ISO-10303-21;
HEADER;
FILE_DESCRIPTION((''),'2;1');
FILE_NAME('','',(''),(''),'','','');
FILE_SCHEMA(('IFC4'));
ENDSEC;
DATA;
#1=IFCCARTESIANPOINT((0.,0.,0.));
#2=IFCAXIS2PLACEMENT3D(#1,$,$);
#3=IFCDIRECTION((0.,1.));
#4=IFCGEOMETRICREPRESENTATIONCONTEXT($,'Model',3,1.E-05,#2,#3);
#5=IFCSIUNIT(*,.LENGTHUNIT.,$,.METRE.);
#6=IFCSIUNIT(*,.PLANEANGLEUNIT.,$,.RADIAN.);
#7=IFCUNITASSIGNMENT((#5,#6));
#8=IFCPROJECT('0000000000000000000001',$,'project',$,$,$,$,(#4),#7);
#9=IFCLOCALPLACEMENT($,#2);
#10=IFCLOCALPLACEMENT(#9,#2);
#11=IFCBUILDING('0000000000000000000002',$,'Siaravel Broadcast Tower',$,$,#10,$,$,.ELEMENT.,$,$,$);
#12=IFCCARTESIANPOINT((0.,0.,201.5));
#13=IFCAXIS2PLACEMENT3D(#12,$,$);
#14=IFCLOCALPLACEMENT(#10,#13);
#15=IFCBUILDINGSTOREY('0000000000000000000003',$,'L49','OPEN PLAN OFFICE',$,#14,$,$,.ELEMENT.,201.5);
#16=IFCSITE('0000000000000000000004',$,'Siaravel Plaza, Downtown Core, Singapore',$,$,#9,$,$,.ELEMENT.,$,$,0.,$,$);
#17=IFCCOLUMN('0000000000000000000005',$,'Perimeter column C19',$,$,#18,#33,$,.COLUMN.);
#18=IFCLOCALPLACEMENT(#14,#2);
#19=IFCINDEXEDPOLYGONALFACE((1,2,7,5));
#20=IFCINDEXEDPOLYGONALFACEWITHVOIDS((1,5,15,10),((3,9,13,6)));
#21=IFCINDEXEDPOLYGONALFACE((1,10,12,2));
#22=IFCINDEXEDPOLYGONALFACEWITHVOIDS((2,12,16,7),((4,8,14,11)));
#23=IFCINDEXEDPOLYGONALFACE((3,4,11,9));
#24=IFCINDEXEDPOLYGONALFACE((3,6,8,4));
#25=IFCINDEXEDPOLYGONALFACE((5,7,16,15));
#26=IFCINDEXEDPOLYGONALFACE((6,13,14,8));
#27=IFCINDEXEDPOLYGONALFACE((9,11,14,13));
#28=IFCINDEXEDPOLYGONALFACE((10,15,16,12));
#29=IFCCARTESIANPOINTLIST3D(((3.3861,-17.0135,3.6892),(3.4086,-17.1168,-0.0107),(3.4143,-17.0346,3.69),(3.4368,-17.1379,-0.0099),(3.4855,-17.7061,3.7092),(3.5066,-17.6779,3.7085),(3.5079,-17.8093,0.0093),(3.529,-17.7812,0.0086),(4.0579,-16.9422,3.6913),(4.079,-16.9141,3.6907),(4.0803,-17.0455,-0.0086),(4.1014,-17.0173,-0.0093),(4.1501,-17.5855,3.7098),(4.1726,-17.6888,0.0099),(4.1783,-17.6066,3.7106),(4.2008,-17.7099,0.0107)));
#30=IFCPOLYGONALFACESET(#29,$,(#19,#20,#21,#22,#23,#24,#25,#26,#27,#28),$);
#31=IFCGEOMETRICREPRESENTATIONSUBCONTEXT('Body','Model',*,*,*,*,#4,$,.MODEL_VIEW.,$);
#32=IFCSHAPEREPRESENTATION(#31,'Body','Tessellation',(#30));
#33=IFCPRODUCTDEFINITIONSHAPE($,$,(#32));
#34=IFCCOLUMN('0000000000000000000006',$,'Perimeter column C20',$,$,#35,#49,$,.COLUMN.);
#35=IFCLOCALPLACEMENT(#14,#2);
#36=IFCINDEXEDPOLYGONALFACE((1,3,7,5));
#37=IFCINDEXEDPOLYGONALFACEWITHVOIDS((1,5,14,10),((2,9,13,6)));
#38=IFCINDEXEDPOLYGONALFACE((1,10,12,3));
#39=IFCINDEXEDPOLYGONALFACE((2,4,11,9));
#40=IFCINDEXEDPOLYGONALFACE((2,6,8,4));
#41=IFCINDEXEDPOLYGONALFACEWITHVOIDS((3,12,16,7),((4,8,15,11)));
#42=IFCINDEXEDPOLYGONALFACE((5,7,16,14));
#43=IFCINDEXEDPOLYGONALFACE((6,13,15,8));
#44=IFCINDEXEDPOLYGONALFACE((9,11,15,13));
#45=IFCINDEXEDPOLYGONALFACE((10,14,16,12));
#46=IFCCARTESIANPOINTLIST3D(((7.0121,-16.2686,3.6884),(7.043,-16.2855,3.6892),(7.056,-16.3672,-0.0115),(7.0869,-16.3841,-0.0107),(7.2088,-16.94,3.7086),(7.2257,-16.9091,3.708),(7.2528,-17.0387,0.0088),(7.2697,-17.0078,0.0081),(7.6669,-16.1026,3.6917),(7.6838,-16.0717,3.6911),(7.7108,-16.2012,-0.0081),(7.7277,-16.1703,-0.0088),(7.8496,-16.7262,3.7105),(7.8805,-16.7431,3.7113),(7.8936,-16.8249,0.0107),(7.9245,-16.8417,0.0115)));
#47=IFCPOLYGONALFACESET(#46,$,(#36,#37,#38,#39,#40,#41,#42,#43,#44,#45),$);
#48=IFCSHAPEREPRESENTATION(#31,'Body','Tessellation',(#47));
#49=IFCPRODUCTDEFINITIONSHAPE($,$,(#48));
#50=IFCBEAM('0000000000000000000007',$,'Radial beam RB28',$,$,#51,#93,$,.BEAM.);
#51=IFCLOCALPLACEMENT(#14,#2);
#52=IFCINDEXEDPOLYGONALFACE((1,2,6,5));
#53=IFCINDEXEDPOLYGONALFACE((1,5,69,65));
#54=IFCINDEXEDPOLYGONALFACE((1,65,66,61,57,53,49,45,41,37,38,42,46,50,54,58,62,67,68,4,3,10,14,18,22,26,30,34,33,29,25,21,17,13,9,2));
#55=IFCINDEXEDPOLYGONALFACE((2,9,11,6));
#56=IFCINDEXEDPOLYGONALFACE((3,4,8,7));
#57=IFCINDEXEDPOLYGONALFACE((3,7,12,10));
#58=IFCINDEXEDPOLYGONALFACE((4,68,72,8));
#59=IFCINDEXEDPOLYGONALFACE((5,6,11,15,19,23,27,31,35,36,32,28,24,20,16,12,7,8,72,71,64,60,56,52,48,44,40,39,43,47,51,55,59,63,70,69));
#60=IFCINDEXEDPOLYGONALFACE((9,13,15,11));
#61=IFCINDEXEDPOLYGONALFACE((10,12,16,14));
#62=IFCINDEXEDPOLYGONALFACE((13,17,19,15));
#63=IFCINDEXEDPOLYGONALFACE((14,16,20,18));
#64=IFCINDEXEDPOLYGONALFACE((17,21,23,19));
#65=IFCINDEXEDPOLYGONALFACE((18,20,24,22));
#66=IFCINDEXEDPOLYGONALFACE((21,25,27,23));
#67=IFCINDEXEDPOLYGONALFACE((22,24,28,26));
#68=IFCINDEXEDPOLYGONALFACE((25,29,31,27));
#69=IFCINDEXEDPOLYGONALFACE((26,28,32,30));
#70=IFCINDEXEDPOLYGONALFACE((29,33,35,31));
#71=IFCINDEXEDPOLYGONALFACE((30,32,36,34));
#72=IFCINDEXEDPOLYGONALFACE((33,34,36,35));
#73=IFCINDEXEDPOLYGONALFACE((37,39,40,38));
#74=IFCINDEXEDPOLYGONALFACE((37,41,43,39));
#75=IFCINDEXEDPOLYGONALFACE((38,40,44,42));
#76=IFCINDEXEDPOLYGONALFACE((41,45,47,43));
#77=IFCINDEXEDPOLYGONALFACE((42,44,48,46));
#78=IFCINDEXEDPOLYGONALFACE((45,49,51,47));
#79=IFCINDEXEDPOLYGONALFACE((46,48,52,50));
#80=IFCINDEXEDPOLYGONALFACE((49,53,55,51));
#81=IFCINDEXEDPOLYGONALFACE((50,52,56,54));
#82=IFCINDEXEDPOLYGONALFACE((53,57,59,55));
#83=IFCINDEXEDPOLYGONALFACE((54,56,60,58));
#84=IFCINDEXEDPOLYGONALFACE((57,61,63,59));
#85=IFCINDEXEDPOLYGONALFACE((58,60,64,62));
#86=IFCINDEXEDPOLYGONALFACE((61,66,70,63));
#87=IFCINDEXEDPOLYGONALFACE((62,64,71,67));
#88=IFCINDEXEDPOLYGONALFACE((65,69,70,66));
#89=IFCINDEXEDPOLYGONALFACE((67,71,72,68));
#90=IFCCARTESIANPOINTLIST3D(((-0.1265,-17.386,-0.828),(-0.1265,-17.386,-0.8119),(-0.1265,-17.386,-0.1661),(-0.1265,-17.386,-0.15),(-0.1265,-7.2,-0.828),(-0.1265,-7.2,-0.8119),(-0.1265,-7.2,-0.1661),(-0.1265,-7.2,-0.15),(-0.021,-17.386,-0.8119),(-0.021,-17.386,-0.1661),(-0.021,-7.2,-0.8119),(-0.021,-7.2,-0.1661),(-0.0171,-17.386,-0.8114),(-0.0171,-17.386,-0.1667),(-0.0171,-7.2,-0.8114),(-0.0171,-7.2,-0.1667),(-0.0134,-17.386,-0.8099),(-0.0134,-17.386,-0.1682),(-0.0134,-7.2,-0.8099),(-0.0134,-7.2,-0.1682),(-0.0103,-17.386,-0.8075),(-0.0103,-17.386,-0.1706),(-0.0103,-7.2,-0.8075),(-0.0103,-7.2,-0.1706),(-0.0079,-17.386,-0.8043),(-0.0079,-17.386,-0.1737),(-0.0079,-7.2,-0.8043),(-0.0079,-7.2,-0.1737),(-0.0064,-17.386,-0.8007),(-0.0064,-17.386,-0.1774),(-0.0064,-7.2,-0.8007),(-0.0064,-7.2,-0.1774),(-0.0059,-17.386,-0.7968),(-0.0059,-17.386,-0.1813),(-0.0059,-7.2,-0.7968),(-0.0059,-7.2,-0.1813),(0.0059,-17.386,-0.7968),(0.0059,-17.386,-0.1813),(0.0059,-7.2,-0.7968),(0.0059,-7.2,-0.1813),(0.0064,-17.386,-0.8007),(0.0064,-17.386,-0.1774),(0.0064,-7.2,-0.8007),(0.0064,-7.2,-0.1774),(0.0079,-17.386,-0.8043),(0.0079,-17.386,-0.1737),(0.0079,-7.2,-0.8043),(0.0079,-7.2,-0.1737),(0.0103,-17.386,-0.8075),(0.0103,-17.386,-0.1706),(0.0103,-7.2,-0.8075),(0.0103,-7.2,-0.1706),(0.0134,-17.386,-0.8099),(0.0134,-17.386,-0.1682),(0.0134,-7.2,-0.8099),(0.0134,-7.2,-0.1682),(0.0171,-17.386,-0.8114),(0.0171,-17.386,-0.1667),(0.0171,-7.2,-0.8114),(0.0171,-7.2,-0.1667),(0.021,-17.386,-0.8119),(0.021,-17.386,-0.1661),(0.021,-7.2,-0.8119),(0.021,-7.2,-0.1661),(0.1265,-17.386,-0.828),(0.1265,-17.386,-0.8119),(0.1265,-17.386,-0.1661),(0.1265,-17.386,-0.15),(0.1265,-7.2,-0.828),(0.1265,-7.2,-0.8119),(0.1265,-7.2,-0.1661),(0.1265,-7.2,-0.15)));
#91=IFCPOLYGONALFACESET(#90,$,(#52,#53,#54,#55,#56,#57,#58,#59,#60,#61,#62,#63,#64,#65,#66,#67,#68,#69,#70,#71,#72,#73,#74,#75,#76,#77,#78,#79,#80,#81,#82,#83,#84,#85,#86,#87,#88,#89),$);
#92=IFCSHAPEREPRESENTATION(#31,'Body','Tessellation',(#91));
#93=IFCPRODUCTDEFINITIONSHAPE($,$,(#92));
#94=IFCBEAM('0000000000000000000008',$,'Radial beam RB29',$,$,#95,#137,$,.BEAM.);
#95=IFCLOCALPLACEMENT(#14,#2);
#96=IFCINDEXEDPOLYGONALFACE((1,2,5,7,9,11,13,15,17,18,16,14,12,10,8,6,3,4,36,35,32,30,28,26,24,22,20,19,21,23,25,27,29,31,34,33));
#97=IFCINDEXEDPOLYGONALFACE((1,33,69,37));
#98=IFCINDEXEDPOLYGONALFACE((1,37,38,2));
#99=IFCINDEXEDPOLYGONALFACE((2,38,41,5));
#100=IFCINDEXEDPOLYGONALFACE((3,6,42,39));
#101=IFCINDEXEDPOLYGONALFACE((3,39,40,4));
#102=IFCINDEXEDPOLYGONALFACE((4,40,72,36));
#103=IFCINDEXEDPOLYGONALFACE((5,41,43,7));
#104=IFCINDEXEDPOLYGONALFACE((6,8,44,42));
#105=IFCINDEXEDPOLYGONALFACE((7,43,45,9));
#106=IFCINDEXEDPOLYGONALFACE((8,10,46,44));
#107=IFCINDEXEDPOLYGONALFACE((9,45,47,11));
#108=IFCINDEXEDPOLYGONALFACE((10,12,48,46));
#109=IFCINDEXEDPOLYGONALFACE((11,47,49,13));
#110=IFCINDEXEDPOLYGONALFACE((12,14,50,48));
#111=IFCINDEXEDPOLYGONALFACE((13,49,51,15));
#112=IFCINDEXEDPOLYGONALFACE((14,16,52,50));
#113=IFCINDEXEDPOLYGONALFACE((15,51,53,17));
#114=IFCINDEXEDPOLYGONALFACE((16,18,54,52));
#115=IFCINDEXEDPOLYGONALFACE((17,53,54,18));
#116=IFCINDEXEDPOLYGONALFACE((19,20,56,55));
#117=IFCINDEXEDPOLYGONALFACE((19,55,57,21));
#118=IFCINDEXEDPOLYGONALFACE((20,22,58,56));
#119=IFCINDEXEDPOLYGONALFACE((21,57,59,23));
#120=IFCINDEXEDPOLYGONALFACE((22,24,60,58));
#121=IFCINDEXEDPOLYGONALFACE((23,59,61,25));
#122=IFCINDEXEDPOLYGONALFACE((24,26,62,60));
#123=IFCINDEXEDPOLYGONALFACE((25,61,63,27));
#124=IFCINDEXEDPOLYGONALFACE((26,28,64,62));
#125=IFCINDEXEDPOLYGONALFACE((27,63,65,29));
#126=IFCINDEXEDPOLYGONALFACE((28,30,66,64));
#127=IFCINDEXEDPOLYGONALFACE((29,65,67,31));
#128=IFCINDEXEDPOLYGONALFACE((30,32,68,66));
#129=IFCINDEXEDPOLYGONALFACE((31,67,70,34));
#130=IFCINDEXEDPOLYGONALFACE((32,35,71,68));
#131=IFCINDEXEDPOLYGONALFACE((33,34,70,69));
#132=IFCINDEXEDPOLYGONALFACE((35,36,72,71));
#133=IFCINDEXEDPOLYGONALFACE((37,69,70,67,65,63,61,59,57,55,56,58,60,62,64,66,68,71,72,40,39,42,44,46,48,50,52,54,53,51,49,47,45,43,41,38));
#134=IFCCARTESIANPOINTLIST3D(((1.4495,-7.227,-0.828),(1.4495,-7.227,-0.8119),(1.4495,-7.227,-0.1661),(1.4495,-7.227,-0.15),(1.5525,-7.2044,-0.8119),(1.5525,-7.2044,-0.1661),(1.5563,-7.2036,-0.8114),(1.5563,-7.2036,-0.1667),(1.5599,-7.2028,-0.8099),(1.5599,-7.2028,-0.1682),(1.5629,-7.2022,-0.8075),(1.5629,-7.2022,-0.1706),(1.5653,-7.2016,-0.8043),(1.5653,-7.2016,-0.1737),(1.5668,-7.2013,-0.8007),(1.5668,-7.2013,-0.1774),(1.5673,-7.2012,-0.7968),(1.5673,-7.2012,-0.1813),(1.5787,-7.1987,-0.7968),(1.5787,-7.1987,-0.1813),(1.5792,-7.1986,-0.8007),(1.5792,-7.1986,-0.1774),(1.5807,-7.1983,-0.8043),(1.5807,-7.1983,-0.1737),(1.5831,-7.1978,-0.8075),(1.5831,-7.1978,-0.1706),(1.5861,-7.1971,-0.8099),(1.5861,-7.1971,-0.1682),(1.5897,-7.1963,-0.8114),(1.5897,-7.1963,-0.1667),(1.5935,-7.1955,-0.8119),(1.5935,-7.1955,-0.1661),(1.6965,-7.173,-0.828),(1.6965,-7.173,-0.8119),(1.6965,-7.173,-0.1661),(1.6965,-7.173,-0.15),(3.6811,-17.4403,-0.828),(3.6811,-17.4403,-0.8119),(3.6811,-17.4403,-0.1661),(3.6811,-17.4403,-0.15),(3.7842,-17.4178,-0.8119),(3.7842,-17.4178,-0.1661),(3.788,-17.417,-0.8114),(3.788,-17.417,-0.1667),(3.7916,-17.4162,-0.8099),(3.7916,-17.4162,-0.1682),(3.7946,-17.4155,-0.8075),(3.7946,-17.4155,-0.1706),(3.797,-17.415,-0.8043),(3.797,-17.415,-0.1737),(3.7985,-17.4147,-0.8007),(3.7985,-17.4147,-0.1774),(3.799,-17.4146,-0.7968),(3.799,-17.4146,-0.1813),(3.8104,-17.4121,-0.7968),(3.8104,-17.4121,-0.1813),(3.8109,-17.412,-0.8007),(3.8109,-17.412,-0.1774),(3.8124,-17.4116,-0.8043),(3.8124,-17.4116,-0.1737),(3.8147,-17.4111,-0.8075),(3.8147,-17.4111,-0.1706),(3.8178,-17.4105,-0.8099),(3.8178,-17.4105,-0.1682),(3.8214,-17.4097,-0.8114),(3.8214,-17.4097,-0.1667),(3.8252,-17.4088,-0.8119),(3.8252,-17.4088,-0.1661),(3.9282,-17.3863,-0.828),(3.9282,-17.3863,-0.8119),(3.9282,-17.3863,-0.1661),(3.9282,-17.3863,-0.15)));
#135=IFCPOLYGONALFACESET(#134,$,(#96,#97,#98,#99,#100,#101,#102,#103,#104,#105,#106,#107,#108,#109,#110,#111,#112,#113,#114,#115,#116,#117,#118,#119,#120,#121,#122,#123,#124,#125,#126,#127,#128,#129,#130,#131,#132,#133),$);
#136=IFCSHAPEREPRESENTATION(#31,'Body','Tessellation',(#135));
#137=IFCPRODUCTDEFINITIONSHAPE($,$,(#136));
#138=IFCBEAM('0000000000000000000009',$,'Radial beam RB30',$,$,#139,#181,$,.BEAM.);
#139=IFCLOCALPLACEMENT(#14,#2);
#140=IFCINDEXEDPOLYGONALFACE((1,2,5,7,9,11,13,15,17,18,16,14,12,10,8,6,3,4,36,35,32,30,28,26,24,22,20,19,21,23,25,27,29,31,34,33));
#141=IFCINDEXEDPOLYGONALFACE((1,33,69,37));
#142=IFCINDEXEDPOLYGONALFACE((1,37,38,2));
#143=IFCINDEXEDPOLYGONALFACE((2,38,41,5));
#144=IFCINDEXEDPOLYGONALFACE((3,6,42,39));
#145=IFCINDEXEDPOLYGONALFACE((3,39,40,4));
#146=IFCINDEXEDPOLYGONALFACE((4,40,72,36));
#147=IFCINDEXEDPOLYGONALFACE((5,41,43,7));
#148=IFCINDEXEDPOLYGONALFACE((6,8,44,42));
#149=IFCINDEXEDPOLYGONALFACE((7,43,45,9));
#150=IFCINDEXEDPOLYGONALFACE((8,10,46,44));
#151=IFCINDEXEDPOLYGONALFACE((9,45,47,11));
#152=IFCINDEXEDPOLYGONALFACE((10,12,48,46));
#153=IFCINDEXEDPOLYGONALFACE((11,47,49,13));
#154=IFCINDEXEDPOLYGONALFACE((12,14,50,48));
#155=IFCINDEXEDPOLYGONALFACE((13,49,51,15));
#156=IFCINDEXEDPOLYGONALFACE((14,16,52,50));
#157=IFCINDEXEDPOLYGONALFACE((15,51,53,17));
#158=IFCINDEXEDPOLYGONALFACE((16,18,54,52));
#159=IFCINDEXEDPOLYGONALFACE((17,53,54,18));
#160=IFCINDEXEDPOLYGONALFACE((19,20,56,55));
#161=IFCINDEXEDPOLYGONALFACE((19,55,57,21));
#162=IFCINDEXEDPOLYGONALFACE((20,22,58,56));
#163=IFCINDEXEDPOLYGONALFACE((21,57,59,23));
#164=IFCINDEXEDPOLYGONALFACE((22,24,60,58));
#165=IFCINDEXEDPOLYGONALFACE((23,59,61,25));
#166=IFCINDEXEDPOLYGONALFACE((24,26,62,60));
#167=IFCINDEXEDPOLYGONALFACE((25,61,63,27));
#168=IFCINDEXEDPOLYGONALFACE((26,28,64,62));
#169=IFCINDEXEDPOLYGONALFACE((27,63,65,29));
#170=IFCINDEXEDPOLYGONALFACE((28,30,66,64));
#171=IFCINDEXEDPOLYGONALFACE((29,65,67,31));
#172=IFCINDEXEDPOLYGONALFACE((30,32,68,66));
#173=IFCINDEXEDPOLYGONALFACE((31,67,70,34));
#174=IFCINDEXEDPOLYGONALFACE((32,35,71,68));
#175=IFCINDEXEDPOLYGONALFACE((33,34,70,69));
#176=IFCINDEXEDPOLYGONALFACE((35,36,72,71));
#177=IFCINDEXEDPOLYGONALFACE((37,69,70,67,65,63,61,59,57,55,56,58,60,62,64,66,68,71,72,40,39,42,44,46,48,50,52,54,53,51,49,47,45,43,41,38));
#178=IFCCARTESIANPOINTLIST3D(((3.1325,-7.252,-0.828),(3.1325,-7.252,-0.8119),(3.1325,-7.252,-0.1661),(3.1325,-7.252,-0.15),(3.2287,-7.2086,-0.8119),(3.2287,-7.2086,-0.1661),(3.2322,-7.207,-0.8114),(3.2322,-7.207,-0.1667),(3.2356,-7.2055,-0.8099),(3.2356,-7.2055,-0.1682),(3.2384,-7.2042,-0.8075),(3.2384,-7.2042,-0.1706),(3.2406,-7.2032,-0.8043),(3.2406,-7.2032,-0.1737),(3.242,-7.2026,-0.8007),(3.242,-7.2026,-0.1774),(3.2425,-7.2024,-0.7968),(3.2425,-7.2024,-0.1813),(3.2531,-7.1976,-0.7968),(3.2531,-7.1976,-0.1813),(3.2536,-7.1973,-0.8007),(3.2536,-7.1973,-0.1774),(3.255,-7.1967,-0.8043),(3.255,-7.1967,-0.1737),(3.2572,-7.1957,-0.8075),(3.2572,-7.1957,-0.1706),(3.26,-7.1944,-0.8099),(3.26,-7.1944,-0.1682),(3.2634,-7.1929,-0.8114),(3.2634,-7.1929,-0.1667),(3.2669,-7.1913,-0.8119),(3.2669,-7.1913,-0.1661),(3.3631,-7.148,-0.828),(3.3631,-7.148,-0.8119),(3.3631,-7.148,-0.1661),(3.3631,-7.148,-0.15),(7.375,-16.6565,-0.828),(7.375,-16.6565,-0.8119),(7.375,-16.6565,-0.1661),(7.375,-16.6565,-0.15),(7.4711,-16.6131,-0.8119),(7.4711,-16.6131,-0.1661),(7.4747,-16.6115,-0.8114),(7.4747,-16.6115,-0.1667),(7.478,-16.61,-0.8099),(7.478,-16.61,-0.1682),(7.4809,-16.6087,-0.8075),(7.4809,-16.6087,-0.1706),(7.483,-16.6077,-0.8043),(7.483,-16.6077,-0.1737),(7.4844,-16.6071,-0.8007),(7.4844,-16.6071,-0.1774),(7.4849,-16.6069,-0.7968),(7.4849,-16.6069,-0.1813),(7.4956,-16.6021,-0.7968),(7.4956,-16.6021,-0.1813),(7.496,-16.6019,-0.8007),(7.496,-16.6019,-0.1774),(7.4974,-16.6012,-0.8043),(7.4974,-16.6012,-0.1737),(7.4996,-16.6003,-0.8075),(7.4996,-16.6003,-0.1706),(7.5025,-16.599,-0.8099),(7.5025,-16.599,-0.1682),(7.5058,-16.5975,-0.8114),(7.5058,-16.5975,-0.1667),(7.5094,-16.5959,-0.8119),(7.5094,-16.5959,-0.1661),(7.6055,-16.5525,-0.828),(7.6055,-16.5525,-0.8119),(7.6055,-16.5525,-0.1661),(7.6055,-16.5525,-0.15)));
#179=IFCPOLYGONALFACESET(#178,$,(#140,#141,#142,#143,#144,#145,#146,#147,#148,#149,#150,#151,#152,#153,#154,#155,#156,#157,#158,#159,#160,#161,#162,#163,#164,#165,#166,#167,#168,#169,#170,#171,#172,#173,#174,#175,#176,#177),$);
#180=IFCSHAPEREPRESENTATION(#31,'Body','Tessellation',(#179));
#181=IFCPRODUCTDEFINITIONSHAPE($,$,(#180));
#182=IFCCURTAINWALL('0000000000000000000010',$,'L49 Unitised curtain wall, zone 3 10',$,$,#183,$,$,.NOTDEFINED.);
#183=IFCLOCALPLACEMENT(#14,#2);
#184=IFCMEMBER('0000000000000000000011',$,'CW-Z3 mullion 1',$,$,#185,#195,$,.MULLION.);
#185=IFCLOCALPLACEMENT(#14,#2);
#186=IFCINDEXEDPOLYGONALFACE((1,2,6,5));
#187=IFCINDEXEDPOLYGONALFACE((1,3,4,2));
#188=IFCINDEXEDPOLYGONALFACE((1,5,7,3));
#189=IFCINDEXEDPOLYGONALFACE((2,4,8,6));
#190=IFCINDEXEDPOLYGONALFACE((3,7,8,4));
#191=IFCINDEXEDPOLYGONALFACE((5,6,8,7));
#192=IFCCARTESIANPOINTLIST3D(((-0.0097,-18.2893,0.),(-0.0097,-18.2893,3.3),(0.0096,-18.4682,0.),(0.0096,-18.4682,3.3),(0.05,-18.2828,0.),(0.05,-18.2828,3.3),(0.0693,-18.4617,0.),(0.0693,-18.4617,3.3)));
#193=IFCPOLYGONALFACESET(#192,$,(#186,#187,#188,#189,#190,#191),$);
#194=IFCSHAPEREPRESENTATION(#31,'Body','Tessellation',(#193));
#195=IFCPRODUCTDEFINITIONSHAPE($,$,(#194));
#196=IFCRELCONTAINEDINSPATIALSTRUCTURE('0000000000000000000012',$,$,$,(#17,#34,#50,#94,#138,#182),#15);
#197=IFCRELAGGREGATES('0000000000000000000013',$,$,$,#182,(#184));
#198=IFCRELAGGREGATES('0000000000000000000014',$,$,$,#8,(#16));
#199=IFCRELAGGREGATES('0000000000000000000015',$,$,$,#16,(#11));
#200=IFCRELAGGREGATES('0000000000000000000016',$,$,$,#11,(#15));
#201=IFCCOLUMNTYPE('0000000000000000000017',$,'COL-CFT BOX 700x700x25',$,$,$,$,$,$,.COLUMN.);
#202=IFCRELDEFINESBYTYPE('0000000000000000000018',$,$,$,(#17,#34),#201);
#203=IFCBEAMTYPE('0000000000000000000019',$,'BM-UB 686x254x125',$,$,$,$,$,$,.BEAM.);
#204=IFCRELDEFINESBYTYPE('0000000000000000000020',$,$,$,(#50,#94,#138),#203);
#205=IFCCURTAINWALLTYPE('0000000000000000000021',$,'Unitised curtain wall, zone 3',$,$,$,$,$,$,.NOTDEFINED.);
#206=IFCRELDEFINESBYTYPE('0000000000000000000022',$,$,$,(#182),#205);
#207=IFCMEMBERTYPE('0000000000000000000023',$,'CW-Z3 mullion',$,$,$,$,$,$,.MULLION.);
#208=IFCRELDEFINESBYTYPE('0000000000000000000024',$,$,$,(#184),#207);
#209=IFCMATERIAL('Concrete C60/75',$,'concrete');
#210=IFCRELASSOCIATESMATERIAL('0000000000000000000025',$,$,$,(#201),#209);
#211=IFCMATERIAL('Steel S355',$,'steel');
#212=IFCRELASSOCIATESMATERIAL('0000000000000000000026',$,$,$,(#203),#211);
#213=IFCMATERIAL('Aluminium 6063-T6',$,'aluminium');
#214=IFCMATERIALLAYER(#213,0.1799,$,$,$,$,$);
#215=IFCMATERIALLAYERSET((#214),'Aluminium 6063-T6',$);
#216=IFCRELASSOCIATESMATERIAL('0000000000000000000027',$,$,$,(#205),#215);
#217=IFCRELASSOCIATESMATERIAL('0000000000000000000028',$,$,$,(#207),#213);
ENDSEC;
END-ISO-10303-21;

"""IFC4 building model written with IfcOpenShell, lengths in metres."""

from ifc_helpers import new_model, si_unit, direction, frame, origin, origin_2d, place, context, subcontext, project, spatial, rectangle, hollow_rectangle, i_section, extrude, material, layer, layer_set, material_profile, profile_set, type_object, element, aggregate, save


model = new_model("IFC4")

# Units and contexts
model_context = context("Model", 3, precision=1e-05, world=origin(), true_north=direction((0.0, 1.0)))
body_context = subcontext(model_context, "Body", "Model", "MODEL_VIEW")
ifc_project = project(units=[si_unit("LENGTHUNIT", "METRE"), si_unit("PLANEANGLEUNIT", "RADIAN")], contexts=[model_context])

# Site, building, storey
site_placement = place(None, origin())
site = spatial("IfcSite", under=ifc_project, at=site_placement, Name="Siaravel Plaza, Downtown Core, Singapore", CompositionType="ELEMENT", RefElevation=0.0)
building_placement = place(site_placement, origin())
building = spatial("IfcBuilding", under=site, at=building_placement, Name="Siaravel Broadcast Tower", CompositionType="ELEMENT")
storey_placement = place(building_placement, frame((0.0, 0.0, 201.5)))
storey = spatial("IfcBuildingStorey", under=building, at=storey_placement, Name="L49", Description="OPEN PLAN OFFICE", CompositionType="ELEMENT", Elevation=201.5)

# Columns
ifc_material_1 = material(Name="Concrete C60/75", Category="concrete")
ifc_material_profile_1 = material_profile(ifc_material_1, hollow_rectangle(XDim=0.7, YDim=0.7, WallThickness=0.0249, at=origin_2d()))
ifc_profile_set_1 = profile_set([ifc_material_profile_1], Name="Concrete C60/75")
column_type = type_object("IfcColumnType", Name="COL-CFT BOX 700x700x25", PredefinedType="COLUMN", material=ifc_profile_set_1)
for number, where, z_axis, x_axis, name in (
    (1, (3.8047, -17.4133, 0.0), (-0.006068, 0.0279, 0.999592), (-0.989858, -0.142042, -0.002044), "Perimeter column C19"),
    (2, (7.4902, -16.6045, 0.0), (-0.011872, 0.026647, 0.999574), (-0.959605, -0.281323, -0.003898), "Perimeter column C20"),
):
    element("IfcColumn", number, at=place(storey_placement, frame(where, z_axis=z_axis, x_axis=x_axis)), inside=storey, type_object=column_type, Name=name, PredefinedType="COLUMN", context=body_context, shape_type="SweptSolid", body=[
        extrude(hollow_rectangle(XDim=0.7, YDim=0.7, WallThickness=0.0249, at=origin_2d()), origin(), (0.0, 0.0, 1.0), 3.7014),
    ])

# Beams
ifc_material_2 = material(Name="Steel S355", Category="steel")
ifc_material_profile_2 = material_profile(ifc_material_2, i_section(OverallWidth=0.2529, OverallDepth=0.678, WebThickness=0.0117, FlangeThickness=0.0161, FilletRadius=0.0151, at=origin_2d()))
ifc_profile_set_2 = profile_set([ifc_material_profile_2], Name="Steel S355")
beam_type = type_object("IfcBeamType", Name="BM-UB 686x254x125", PredefinedType="BEAM", material=ifc_profile_set_2)
beam_1_placement = place(storey_placement, frame((0.0, -17.386, -0.489), z_axis=(0.0, 1.0, 0.0), x_axis=(-1.0, 0.0, 0.0)))
element("IfcBeam", 3, at=beam_1_placement, inside=storey, type_object=beam_type, Name="Radial beam RB28", PredefinedType="BEAM", context=body_context, shape_type="SweptSolid", body=[
    extrude(i_section(OverallWidth=0.2529, OverallDepth=0.678, WebThickness=0.0117, FlangeThickness=0.0161, FilletRadius=0.0151, at=origin_2d()), origin(), (0.0, 0.0, 1.0), 10.186),
])
beam_2_placement = place(storey_placement, frame((3.8047, -17.4133, -0.489), z_axis=(-0.21347, 0.97695, 0.0), x_axis=(-0.97695, -0.21347, 0.0)))
element("IfcBeam", 4, at=beam_2_placement, inside=storey, type_object=beam_type, Name="Radial beam RB29", PredefinedType="BEAM", context=body_context, shape_type="SweptSolid", body=[
    extrude(i_section(OverallWidth=0.2529, OverallDepth=0.678, WebThickness=0.0117, FlangeThickness=0.0161, FilletRadius=0.0151, at=origin_2d()), origin(), (0.0, 0.0, 1.0), 10.4543),
])
beam_3_placement = place(storey_placement, frame((7.4902, -16.6045, -0.489), z_axis=(-0.411202, 0.911544, 0.0), x_axis=(-0.911544, -0.411202, 0.0)))
element("IfcBeam", 5, at=beam_3_placement, inside=storey, type_object=beam_type, Name="Radial beam RB30", PredefinedType="BEAM", context=body_context, shape_type="SweptSolid", body=[
    extrude(i_section(OverallWidth=0.2529, OverallDepth=0.678, WebThickness=0.0117, FlangeThickness=0.0161, FilletRadius=0.0151, at=origin_2d()), origin(), (0.0, 0.0, 1.0), 10.3171),
])

# Curtain wall, member
ifc_material_3 = material(Name="Aluminium 6063-T6", Category="aluminium")
ifc_layer_1 = layer(ifc_material_3, 0.1799)
ifc_layer_set_1 = layer_set([ifc_layer_1], Name="Aluminium 6063-T6")
curtain_wall_type = type_object("IfcCurtainWallType", Name="Unitised curtain wall, zone 3", PredefinedType="NOTDEFINED", material=ifc_layer_set_1)
curtain_wall_placement = place(storey_placement, origin())
curtain_wall = element("IfcCurtainWall", 6, at=curtain_wall_placement, inside=storey, type_object=curtain_wall_type, Name="L49 Unitised curtain wall, zone 3 10", PredefinedType="NOTDEFINED")
ifc_material_profile_3 = material_profile(ifc_material_3, rectangle(XDim=0.1799, YDim=0.0601, at=origin_2d()))
ifc_profile_set_3 = profile_set([ifc_material_profile_3], Name="Aluminium 6063-T6")
member_type_1 = type_object("IfcMemberType", Name="CW-Z3 mullion", PredefinedType="MULLION", material=ifc_profile_set_3)
member_1_placement = place(storey_placement, frame((0.0298, -18.3755, 0.0), z_axis=(0.0, 0.0, 1.0), x_axis=(-0.107218, 0.994236, 0.0)))
member_1 = element("IfcMember", 7, at=member_1_placement, type_object=member_type_1, Name="CW-Z3 mullion 1", PredefinedType="MULLION", context=body_context, shape_type="SweptSolid", body=[
    extrude(rectangle(XDim=0.1799, YDim=0.0601, at=origin_2d()), origin(), (0.0, 0.0, 1.0), 3.3),
])

aggregate(curtain_wall, [member_1])

save(model, "model.ifc")
